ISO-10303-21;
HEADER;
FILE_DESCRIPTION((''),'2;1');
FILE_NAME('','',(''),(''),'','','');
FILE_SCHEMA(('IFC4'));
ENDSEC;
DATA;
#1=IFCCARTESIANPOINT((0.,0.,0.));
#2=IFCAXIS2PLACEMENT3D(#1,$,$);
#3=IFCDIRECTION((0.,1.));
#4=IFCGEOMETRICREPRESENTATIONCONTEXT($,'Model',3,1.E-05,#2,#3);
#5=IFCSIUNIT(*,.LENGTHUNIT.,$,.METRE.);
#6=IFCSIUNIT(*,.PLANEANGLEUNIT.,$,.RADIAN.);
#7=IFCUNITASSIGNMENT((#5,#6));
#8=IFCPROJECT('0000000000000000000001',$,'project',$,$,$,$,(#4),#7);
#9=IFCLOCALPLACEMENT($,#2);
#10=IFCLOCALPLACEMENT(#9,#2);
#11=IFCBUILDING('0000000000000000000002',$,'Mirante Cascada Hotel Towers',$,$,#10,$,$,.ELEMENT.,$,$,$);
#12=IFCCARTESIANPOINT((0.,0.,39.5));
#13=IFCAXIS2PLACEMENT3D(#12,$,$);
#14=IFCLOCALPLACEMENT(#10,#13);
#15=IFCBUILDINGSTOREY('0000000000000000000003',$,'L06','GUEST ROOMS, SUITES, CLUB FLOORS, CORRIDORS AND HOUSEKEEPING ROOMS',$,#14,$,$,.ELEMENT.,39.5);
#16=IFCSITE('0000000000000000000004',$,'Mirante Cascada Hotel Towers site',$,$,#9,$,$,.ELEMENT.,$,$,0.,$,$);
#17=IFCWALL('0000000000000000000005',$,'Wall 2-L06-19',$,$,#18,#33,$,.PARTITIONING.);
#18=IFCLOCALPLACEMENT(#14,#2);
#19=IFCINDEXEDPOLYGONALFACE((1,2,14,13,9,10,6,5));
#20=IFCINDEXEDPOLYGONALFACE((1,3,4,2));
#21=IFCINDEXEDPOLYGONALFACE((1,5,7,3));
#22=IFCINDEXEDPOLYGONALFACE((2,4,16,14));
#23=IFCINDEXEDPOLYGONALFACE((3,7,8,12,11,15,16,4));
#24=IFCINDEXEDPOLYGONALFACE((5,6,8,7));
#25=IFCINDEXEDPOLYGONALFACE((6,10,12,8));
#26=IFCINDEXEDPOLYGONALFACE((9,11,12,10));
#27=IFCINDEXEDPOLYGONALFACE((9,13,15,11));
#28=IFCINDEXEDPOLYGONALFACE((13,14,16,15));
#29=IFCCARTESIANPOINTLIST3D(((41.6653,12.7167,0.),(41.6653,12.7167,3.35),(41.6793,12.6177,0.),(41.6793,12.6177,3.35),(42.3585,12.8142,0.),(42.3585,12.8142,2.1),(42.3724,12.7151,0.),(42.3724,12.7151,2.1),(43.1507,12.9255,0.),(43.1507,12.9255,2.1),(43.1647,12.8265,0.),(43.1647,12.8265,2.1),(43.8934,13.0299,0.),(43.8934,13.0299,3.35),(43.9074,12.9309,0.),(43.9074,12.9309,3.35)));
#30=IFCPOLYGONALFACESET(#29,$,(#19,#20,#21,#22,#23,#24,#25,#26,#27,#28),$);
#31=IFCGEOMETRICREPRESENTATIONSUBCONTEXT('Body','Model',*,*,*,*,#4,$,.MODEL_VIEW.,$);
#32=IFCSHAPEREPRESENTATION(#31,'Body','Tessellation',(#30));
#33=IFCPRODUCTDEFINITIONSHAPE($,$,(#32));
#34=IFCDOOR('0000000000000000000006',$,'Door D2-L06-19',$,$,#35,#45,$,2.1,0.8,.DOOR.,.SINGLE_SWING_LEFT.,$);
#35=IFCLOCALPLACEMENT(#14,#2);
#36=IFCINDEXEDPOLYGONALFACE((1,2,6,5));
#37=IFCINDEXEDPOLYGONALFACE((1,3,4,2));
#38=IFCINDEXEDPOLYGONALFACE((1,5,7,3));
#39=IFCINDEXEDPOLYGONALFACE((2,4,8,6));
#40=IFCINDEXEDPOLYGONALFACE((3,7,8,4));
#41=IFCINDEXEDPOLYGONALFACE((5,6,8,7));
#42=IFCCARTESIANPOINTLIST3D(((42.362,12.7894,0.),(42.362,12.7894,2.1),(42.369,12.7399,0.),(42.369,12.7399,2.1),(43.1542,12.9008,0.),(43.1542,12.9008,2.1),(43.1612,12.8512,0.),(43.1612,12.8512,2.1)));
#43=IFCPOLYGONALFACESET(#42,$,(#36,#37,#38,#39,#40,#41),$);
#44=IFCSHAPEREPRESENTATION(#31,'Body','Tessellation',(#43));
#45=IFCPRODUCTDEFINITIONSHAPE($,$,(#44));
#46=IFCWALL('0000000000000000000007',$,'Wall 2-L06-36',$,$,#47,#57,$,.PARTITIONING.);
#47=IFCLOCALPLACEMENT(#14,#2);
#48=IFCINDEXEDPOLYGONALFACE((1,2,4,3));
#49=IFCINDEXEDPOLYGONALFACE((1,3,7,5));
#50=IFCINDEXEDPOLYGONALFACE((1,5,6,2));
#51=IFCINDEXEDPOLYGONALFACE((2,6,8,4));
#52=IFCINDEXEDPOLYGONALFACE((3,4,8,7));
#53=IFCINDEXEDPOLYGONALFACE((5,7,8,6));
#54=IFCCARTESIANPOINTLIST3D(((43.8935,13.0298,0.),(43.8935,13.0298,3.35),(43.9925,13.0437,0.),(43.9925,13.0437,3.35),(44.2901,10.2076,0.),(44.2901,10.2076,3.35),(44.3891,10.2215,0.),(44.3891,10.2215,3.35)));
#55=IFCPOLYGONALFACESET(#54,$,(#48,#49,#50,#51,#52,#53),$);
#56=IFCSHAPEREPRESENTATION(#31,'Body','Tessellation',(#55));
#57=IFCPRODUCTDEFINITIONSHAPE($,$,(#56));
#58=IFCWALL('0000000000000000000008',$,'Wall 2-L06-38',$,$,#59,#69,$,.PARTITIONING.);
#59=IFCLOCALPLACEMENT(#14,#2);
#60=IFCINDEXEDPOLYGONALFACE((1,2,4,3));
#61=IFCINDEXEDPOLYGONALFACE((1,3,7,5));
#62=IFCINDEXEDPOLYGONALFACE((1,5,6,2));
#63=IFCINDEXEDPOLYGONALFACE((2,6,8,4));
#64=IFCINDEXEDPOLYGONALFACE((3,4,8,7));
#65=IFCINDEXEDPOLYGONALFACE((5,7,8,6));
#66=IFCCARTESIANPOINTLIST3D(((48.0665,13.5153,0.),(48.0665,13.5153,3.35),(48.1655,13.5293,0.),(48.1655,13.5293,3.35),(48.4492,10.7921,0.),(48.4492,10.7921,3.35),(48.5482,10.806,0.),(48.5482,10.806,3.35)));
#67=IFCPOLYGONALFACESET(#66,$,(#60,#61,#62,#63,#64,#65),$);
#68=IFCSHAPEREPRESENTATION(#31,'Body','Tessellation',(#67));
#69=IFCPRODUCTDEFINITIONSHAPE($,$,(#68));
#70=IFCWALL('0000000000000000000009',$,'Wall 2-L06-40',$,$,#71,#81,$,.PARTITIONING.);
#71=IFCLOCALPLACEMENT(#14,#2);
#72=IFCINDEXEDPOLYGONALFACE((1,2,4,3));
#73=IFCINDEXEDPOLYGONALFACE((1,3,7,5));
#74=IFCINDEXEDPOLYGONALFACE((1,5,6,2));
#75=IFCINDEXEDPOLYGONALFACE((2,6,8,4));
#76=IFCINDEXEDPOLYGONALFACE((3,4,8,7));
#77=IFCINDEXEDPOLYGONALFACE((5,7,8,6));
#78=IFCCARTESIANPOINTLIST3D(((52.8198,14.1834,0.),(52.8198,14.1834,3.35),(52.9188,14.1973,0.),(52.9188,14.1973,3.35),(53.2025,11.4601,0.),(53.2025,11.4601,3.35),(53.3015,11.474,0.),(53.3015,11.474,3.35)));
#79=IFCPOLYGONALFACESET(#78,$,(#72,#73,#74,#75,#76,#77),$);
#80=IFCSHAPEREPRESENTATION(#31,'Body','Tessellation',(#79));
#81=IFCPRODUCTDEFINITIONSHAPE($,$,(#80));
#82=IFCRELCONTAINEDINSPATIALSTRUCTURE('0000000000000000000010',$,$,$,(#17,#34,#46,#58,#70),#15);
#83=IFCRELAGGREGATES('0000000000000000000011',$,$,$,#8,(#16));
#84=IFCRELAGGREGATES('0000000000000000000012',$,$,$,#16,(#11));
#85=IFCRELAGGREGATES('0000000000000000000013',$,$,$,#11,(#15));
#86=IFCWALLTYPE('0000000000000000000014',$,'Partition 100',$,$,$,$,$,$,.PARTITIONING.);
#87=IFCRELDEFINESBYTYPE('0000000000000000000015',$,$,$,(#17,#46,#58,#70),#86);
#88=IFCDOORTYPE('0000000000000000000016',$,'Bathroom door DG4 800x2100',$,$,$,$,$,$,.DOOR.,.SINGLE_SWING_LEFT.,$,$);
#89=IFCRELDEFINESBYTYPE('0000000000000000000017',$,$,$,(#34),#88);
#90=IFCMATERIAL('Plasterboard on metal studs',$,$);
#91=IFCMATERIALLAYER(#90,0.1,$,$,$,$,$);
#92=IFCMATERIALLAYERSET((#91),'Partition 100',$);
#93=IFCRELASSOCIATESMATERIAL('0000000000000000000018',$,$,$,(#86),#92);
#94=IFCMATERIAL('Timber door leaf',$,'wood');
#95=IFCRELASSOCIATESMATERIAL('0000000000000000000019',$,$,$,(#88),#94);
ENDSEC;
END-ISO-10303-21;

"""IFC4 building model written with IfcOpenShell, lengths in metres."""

from ifc_helpers import new_model, si_unit, direction, frame, frame_2d, origin, place, context, subcontext, project, spatial, rectangle, extrude, material, layer, layer_set, type_object, element, fill, save


model = new_model("IFC4")

# Units and contexts
model_context = context("Model", 3, precision=1e-05, world=origin(), true_north=direction((0.0, 1.0)))
body_context = subcontext(model_context, "Body", "Model", "MODEL_VIEW")
ifc_project = project(units=[si_unit("LENGTHUNIT", "METRE"), si_unit("PLANEANGLEUNIT", "RADIAN")], contexts=[model_context])

# Site, building, storey
site_placement = place(None, origin())
site = spatial("IfcSite", under=ifc_project, at=site_placement, Name="Mirante Cascada Hotel Towers site", CompositionType="ELEMENT", RefElevation=0.0)
building_placement = place(site_placement, origin())
building = spatial("IfcBuilding", under=site, at=building_placement, Name="Mirante Cascada Hotel Towers", CompositionType="ELEMENT")
storey_placement = place(building_placement, frame((0.0, 0.0, 39.5)))
storey = spatial("IfcBuildingStorey", under=building, at=storey_placement, Name="L06", Description="GUEST ROOMS, SUITES, CLUB FLOORS, CORRIDORS AND HOUSEKEEPING ROOMS", CompositionType="ELEMENT", Elevation=39.5)

# Shared definitions
ifc_material_1 = material(Name="Plasterboard on metal studs")
ifc_layer_1 = layer(ifc_material_1, 0.1)
ifc_layer_set_1 = layer_set([ifc_layer_1], Name="Partition 100")
wall_type_1 = type_object("IfcWallType", Name="Partition 100", PredefinedType="PARTITIONING", material=ifc_layer_set_1)

# Wall, opening, door
wall_1_placement = place(storey_placement, frame((41.6723, 12.6672, 0.0), z_axis=(0.0, 0.0, 1.0), x_axis=(0.990264, 0.1392, 0.0)))
wall_1 = element("IfcWall", 1, at=wall_1_placement, inside=storey, type_object=wall_type_1, Name="Wall 2-L06-19", PredefinedType="PARTITIONING", context=body_context, shape_type="SweptSolid", body=[
    extrude(rectangle(XDim=2.25, YDim=0.1, at=frame_2d((1.125, 0.0))), origin(), (0.0, 0.0, 1.0), 3.35),
])
opening_placement = place(wall_1_placement, frame((0.7, 0.0, 0.0)))
opening = element("IfcOpeningElement", 2, at=opening_placement, cuts=wall_1, PredefinedType="OPENING", context=body_context, shape_type="SweptSolid", body=[
    extrude(rectangle(XDim=0.8, YDim=2.1, at=frame_2d((0.4, 1.05))), frame((0.0, 0.05, 0.0), z_axis=(0.0, -1.0, 0.0), x_axis=(1.0, 0.0, 0.0)), (0.0, 0.0, 1.0), 0.1),
])
ifc_material_2 = material(Name="Timber door leaf", Category="wood")
door_type = type_object("IfcDoorType", Name="Bathroom door DG4 800x2100", OperationType="SINGLE_SWING_LEFT", PredefinedType="DOOR", material=ifc_material_2)
door_placement = place(opening_placement, origin())
door = element("IfcDoor", 3, at=door_placement, inside=storey, type_object=door_type, Name="Door D2-L06-19", OperationType="SINGLE_SWING_LEFT", OverallHeight=2.1, OverallWidth=0.8, PredefinedType="DOOR", context=body_context, shape_type="SweptSolid", body=[
    extrude(rectangle(XDim=0.8, YDim=2.1, at=frame_2d((0.4, 1.05))), frame((0.0, 0.025, 0.0), z_axis=(0.0, -1.0, 0.0), x_axis=(1.0, 0.0, 0.0)), (0.0, 0.0, 1.0), 0.05),
])
fill(opening, door)

# Walls
wall_2_placement = place(storey_placement, frame((43.943, 13.0368, 0.0), z_axis=(0.0, 0.0, 1.0), x_axis=(0.139161, -0.99027, 0.0)))
element("IfcWall", 4, at=wall_2_placement, inside=storey, type_object=wall_type_1, Name="Wall 2-L06-36", PredefinedType="PARTITIONING", context=body_context, shape_type="SweptSolid", body=[
    extrude(rectangle(XDim=2.8499, YDim=0.1, at=frame_2d((1.425, 0.0))), origin(), (0.0, 0.0, 1.0), 3.35),
])
wall_3_placement = place(storey_placement, frame((48.116, 13.5223, 0.0), z_axis=(0.0, 0.0, 1.0), x_axis=(0.139166, -0.990269, 0.0)))
element("IfcWall", 5, at=wall_3_placement, inside=storey, type_object=wall_type_1, Name="Wall 2-L06-38", PredefinedType="PARTITIONING", context=body_context, shape_type="SweptSolid", body=[
    extrude(rectangle(XDim=2.75, YDim=0.1, at=frame_2d((1.375, 0.0))), origin(), (0.0, 0.0, 1.0), 3.35),
])
wall_4_placement = place(storey_placement, frame((52.8693, 14.1904, 0.0), z_axis=(0.0, 0.0, 1.0), x_axis=(0.139161, -0.99027, 0.0)))
element("IfcWall", 6, at=wall_4_placement, inside=storey, type_object=wall_type_1, Name="Wall 2-L06-40", PredefinedType="PARTITIONING", context=body_context, shape_type="SweptSolid", body=[
    extrude(rectangle(XDim=2.7501, YDim=0.1, at=frame_2d((1.3751, 0.0))), origin(), (0.0, 0.0, 1.0), 3.35),
])

save(model, "model.ifc")
